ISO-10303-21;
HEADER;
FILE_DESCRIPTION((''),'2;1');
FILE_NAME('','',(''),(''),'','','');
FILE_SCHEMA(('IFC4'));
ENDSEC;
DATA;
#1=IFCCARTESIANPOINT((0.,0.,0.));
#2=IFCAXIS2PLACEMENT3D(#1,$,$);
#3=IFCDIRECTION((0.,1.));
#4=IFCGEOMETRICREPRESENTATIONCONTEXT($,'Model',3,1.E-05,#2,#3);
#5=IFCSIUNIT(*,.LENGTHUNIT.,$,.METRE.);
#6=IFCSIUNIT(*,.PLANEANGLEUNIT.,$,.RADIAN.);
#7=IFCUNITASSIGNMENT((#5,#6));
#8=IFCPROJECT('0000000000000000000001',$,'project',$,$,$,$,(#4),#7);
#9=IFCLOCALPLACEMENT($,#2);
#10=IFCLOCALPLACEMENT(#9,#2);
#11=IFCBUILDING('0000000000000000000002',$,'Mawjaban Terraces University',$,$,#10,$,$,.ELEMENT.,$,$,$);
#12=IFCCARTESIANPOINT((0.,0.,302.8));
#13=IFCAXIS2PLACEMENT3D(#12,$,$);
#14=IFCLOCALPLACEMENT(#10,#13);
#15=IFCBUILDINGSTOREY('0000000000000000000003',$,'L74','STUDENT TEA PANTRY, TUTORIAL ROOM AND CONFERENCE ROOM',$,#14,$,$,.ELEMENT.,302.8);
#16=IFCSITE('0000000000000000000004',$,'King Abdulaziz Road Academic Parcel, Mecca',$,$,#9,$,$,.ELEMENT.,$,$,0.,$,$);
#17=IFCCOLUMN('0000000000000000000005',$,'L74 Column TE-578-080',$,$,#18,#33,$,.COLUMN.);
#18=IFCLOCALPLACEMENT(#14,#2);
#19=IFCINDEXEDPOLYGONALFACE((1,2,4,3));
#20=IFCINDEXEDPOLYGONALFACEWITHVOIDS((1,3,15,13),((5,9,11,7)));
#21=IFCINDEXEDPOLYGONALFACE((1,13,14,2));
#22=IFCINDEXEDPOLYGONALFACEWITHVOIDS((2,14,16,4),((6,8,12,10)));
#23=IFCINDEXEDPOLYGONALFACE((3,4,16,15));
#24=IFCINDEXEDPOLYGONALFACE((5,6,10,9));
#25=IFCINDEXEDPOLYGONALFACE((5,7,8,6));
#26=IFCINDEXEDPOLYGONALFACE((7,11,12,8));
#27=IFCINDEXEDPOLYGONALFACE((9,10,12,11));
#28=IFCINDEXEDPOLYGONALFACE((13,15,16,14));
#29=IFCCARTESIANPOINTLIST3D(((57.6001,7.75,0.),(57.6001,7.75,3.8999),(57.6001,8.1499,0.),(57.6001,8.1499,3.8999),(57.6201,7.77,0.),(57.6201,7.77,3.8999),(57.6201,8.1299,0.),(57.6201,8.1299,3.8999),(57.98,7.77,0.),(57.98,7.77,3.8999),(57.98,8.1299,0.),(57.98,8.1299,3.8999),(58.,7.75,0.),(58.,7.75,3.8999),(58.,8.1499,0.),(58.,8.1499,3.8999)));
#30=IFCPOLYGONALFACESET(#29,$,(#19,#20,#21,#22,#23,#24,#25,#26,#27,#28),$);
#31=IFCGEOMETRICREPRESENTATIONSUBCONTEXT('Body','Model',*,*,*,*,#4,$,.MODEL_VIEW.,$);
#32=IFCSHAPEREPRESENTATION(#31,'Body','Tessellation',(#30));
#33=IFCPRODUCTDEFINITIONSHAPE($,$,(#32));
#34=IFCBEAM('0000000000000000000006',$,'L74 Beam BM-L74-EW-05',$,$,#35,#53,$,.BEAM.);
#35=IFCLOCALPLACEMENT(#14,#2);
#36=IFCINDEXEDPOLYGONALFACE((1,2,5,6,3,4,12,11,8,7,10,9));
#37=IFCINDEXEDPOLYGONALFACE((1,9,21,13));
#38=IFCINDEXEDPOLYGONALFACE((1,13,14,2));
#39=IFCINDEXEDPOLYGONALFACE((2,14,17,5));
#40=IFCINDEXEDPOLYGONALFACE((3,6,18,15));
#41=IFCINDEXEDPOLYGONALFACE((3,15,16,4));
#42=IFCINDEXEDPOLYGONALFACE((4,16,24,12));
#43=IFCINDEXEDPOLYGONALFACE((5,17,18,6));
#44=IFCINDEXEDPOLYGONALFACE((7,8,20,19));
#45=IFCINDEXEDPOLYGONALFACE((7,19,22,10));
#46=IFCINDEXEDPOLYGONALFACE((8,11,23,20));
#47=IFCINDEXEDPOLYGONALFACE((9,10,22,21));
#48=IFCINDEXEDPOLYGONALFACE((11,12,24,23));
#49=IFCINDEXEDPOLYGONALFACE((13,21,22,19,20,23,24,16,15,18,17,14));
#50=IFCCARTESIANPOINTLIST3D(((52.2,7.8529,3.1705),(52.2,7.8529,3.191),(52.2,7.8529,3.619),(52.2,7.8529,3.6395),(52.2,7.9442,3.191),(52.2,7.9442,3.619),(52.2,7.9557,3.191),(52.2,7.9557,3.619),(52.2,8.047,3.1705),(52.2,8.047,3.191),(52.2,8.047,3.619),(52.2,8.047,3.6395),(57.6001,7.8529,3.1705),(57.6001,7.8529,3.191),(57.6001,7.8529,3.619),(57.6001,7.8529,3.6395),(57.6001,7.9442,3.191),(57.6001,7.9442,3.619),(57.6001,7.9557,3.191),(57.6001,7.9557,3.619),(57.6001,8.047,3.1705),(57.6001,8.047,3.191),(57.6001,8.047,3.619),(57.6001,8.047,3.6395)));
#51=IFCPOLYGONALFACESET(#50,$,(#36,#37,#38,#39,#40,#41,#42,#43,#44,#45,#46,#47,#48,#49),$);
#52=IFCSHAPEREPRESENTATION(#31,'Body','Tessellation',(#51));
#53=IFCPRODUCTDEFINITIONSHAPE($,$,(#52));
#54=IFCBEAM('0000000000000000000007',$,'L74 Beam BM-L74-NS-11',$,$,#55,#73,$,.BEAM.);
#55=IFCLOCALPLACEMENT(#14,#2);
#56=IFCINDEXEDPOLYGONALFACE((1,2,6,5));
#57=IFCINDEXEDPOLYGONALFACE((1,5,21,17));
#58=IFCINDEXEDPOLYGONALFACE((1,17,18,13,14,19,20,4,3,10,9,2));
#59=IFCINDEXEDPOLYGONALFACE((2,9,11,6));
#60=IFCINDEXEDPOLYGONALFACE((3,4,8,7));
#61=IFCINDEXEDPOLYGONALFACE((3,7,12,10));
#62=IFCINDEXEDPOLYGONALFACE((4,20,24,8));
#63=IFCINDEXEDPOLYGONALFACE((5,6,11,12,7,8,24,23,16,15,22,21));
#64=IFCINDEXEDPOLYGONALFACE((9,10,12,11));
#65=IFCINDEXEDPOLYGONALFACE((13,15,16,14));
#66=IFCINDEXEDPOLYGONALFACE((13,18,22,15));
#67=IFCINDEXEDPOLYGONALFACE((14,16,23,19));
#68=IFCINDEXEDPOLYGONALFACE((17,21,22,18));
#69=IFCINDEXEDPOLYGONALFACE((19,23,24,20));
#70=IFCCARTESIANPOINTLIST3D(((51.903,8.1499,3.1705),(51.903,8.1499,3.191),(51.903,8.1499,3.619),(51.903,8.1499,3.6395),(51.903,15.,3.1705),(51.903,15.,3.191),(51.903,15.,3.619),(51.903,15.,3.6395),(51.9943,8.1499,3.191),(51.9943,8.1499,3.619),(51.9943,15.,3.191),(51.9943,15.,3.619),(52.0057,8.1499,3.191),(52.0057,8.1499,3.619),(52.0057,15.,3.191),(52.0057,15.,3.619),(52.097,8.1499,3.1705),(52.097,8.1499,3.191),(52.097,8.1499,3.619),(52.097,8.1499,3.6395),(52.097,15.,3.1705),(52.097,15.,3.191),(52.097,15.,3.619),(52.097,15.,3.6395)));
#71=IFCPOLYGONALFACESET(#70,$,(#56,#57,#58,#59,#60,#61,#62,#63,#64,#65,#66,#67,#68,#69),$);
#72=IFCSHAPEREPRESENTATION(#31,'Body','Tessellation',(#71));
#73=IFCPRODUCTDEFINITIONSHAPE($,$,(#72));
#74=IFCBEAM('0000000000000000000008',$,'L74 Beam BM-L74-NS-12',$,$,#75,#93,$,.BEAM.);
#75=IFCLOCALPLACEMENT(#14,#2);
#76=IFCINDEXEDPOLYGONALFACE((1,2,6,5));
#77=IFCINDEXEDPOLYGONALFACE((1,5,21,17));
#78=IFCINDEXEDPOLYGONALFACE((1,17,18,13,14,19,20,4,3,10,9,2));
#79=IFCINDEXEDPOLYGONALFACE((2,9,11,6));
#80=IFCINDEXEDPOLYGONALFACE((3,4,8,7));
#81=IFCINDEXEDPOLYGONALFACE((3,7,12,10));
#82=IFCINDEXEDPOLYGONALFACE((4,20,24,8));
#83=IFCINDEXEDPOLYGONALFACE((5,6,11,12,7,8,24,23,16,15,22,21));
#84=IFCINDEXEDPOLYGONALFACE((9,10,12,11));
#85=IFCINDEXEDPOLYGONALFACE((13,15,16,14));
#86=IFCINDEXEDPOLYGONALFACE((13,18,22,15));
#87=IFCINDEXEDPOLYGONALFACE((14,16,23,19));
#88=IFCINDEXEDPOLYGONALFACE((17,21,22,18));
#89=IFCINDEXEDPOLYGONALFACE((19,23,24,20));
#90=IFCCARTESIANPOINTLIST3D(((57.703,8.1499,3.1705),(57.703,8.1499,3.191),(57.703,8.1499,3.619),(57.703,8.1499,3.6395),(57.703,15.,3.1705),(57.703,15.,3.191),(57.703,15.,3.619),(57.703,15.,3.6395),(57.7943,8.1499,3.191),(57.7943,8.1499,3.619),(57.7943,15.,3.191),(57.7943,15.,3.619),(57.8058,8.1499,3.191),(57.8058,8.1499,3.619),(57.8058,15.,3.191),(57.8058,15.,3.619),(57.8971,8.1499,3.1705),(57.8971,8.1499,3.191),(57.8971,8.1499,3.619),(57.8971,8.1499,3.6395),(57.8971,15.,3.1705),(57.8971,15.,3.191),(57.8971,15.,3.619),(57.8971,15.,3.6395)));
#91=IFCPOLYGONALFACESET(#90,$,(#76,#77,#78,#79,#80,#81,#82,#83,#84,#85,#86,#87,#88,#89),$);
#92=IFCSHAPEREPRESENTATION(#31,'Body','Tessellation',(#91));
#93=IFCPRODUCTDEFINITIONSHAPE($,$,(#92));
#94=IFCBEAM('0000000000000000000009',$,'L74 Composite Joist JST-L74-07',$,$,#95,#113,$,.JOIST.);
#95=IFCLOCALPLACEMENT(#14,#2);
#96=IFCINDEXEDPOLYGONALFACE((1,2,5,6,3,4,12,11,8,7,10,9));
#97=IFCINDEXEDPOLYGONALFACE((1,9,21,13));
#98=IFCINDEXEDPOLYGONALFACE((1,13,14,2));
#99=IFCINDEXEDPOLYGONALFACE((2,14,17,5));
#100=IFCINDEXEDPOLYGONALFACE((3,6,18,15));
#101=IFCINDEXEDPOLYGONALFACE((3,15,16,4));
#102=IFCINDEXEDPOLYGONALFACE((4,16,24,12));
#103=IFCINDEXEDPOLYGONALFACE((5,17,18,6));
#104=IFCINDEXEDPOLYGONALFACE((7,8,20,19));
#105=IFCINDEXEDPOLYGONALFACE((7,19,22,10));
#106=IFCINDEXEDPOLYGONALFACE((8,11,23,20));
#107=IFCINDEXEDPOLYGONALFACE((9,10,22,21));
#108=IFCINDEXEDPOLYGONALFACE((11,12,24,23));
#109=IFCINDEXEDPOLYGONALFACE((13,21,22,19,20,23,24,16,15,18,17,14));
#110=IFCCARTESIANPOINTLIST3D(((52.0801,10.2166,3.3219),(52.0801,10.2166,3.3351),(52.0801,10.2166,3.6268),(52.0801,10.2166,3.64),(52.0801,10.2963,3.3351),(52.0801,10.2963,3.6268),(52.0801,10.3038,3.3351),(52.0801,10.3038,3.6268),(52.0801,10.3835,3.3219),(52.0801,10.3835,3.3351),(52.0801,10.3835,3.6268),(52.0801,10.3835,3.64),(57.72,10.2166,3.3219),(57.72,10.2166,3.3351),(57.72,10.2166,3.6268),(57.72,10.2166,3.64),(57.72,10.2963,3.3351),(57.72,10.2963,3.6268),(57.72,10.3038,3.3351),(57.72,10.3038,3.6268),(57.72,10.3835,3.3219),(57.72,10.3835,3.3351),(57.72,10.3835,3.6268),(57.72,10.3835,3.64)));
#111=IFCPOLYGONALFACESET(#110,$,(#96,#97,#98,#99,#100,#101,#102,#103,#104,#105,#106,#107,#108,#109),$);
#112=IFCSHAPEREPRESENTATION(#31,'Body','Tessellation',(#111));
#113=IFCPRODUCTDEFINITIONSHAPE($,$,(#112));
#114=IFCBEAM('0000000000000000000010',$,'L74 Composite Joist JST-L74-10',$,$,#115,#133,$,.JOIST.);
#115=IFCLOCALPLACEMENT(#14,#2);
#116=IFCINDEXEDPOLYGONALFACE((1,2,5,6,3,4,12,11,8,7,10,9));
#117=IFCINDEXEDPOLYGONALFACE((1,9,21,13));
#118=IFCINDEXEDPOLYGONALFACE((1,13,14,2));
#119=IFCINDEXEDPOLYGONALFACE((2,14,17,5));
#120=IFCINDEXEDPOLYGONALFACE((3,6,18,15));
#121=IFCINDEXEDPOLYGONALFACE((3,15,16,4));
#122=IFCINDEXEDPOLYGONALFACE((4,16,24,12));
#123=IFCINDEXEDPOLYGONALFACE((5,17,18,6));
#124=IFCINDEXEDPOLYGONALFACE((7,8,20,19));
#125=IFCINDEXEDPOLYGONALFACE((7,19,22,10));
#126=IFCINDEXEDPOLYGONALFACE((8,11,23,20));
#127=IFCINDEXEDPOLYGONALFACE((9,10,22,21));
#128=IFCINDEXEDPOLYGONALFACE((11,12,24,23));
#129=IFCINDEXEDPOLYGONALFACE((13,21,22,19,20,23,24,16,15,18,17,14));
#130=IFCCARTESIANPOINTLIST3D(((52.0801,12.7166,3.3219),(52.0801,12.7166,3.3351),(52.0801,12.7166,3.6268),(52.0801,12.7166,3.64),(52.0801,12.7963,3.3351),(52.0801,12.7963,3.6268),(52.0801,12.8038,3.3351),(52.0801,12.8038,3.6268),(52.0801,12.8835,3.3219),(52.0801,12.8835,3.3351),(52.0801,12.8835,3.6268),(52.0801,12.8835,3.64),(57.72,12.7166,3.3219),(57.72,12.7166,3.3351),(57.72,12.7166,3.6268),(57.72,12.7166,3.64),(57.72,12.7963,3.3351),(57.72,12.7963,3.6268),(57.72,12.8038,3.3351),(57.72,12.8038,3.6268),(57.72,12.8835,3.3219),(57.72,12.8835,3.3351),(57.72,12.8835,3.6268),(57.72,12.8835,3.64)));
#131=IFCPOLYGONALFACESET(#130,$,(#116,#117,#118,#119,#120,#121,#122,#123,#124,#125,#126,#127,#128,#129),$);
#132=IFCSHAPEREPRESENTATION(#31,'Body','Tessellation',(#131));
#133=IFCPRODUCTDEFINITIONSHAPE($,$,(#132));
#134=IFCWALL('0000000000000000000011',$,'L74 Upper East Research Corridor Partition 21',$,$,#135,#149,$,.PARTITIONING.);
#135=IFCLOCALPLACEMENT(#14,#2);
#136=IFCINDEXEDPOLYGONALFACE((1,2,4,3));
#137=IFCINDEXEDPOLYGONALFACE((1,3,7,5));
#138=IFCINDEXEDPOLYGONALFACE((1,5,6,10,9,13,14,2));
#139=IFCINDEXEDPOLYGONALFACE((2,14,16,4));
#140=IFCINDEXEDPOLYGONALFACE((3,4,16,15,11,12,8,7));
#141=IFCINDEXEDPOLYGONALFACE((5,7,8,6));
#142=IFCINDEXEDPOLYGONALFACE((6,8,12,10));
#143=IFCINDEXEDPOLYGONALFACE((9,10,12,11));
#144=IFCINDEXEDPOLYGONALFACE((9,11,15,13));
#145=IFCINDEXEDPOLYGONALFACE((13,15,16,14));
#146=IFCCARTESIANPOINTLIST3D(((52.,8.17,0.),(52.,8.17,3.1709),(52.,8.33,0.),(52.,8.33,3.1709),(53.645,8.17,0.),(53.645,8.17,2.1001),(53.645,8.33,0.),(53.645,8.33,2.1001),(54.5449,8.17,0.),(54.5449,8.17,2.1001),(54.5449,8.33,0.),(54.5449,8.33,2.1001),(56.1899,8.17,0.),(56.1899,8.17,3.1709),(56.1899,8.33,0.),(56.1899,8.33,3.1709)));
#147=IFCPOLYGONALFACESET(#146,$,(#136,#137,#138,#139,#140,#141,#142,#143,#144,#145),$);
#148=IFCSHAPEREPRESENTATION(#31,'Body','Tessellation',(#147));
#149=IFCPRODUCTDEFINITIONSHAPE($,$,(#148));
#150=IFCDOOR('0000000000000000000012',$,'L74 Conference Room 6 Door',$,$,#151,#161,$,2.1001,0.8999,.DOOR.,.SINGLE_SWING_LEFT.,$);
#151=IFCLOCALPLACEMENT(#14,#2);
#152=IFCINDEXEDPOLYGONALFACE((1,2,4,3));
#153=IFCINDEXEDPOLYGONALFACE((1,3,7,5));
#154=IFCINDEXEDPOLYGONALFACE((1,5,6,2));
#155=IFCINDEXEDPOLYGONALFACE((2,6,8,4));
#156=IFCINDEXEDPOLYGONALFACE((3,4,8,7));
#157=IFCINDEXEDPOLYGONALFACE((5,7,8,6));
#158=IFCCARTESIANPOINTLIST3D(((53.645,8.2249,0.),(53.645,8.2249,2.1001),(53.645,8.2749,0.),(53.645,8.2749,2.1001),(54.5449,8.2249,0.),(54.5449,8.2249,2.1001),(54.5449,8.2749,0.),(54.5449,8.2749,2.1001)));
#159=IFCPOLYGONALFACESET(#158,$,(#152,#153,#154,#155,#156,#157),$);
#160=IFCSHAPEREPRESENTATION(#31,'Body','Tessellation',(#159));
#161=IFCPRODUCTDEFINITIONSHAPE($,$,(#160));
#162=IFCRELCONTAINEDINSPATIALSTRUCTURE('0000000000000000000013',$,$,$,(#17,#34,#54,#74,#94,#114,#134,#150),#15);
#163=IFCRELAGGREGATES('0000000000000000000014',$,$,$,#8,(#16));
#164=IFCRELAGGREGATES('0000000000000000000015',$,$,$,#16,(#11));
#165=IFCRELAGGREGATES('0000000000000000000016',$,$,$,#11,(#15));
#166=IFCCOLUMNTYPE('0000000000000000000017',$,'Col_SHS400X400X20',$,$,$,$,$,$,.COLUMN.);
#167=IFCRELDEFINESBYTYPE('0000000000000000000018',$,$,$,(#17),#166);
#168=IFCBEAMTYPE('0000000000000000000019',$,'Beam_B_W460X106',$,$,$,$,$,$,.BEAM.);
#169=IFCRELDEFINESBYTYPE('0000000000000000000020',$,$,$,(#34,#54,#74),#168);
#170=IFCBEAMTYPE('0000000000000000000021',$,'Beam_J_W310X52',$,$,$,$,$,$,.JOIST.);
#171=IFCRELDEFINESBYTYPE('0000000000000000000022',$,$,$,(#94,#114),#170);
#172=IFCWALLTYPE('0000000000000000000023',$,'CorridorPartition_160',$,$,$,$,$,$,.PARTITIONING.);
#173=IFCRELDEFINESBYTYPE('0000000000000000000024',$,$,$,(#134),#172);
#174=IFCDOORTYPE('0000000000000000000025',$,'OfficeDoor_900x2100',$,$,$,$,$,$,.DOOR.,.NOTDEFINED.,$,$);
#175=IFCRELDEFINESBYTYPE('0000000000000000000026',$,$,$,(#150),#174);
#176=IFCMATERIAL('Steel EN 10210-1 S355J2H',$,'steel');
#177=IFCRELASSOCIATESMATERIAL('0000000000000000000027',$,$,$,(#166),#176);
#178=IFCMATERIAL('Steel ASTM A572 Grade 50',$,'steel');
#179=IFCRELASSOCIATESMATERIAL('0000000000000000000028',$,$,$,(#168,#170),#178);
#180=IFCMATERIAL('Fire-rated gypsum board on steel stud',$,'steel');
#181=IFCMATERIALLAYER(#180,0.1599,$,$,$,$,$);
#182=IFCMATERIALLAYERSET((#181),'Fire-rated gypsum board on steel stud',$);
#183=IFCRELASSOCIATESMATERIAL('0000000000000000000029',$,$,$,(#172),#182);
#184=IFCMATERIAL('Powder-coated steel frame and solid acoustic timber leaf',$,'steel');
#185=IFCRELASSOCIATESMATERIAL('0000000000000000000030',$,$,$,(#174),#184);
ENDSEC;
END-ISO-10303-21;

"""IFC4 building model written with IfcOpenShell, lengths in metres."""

from ifc_helpers import new_model, si_unit, direction, frame, frame_2d, origin, origin_2d, place, context, subcontext, project, spatial, rectangle, hollow_rectangle, i_section, extrude, material, layer, layer_set, material_profile, profile_set, type_object, element, fill, save


model = new_model("IFC4")

# Units and contexts
model_context = context("Model", 3, precision=1e-05, world=origin(), true_north=direction((0.0, 1.0)))
body_context = subcontext(model_context, "Body", "Model", "MODEL_VIEW")
ifc_project = project(units=[si_unit("LENGTHUNIT", "METRE"), si_unit("PLANEANGLEUNIT", "RADIAN")], contexts=[model_context])

# Site, building, storey
site_placement = place(None, origin())
site = spatial("IfcSite", under=ifc_project, at=site_placement, Name="King Abdulaziz Road Academic Parcel, Mecca", CompositionType="ELEMENT", RefElevation=0.0)
building_placement = place(site_placement, origin())
building = spatial("IfcBuilding", under=site, at=building_placement, Name="Mawjaban Terraces University", CompositionType="ELEMENT")
storey_placement = place(building_placement, frame((0.0, 0.0, 302.8)))
storey = spatial("IfcBuildingStorey", under=building, at=storey_placement, Name="L74", Description="STUDENT TEA PANTRY, TUTORIAL ROOM AND CONFERENCE ROOM", CompositionType="ELEMENT", Elevation=302.8)

# Column
ifc_material_1 = material(Name="Steel EN 10210-1 S355J2H", Category="steel")
ifc_material_profile_1 = material_profile(ifc_material_1, hollow_rectangle(XDim=0.3999, YDim=0.3999, WallThickness=0.02, at=origin_2d()), Name="SHS400X400X20")
ifc_profile_set_1 = profile_set([ifc_material_profile_1], Name="Steel EN 10210-1 S355J2H")
column_type = type_object("IfcColumnType", Name="Col_SHS400X400X20", PredefinedType="COLUMN", material=ifc_profile_set_1)
column_placement = place(storey_placement, frame((57.8, 7.95, 0.0), z_axis=(0.0, 0.0, 1.0), x_axis=(1.0, 0.0, 0.0)))
element("IfcColumn", 1, at=column_placement, inside=storey, type_object=column_type, Name="L74 Column TE-578-080", PredefinedType="COLUMN", context=body_context, shape_type="SweptSolid", body=[
    extrude(hollow_rectangle(XDim=0.3999, YDim=0.3999, WallThickness=0.02, at=origin_2d()), origin(), (0.0, 0.0, 1.0), 3.8999),
])

# Beams
ifc_material_2 = material(Name="Steel ASTM A572 Grade 50", Category="steel")
ifc_material_profile_2 = material_profile(ifc_material_2, i_section(OverallWidth=0.1941, OverallDepth=0.469, WebThickness=0.0115, FlangeThickness=0.0205, at=origin_2d()), Name="W460X106")
ifc_profile_set_2 = profile_set([ifc_material_profile_2], Name="Steel ASTM A572 Grade 50")
beam_type_1 = type_object("IfcBeamType", Name="Beam_B_W460X106", PredefinedType="BEAM", material=ifc_profile_set_2)
beam_placement = place(storey_placement, frame((52.2, 7.95, 3.405), z_axis=(1.0, 0.0, 0.0), x_axis=(0.0, 1.0, 0.0)))
element("IfcBeam", 2, at=beam_placement, inside=storey, type_object=beam_type_1, Name="L74 Beam BM-L74-EW-05", PredefinedType="BEAM", context=body_context, shape_type="SweptSolid", body=[
    extrude(i_section(OverallWidth=0.1941, OverallDepth=0.469, WebThickness=0.0115, FlangeThickness=0.0205, at=origin_2d()), origin(), (0.0, 0.0, 1.0), 5.4001),
])
for number, where, z_axis, x_axis, name in (
    (3, (52.0, 8.1499, 3.405), (0.0, 1.0, 0.0), (-1.0, 0.0, 0.0), "L74 Beam BM-L74-NS-11"),
    (4, (57.8, 8.1499, 3.405), (0.0, 1.0, 0.0), (-1.0, 0.0, 0.0), "L74 Beam BM-L74-NS-12"),
):
    element("IfcBeam", number, at=place(storey_placement, frame(where, z_axis=z_axis, x_axis=x_axis)), inside=storey, type_object=beam_type_1, Name=name, PredefinedType="BEAM", context=body_context, shape_type="SweptSolid", body=[
        extrude(i_section(OverallWidth=0.1941, OverallDepth=0.469, WebThickness=0.0115, FlangeThickness=0.0205, at=origin_2d()), origin(), (0.0, 0.0, 1.0), 6.8501),
    ])
ifc_material_profile_3 = material_profile(ifc_material_2, i_section(OverallWidth=0.167, OverallDepth=0.3181, WebThickness=0.0076, FlangeThickness=0.0132, at=origin_2d()), Name="W310X52")
ifc_profile_set_3 = profile_set([ifc_material_profile_3], Name="Steel ASTM A572 Grade 50")
beam_type_2 = type_object("IfcBeamType", Name="Beam_J_W310X52", PredefinedType="JOIST", material=ifc_profile_set_3)
for number, where, z_axis, x_axis, name in (
    (5, (52.0801, 10.3, 3.481), (1.0, 0.0, 0.0), (0.0, 1.0, 0.0), "L74 Composite Joist JST-L74-07"),
    (6, (52.0801, 12.8, 3.481), (1.0, 0.0, 0.0), (0.0, 1.0, 0.0), "L74 Composite Joist JST-L74-10"),
):
    element("IfcBeam", number, at=place(storey_placement, frame(where, z_axis=z_axis, x_axis=x_axis)), inside=storey, type_object=beam_type_2, Name=name, PredefinedType="JOIST", context=body_context, shape_type="SweptSolid", body=[
        extrude(i_section(OverallWidth=0.167, OverallDepth=0.3181, WebThickness=0.0076, FlangeThickness=0.0132, at=origin_2d()), origin(), (0.0, 0.0, 1.0), 5.6399),
    ])

# Wall, opening, door
ifc_material_3 = material(Name="Fire-rated gypsum board on steel stud", Category="steel")
ifc_layer_1 = layer(ifc_material_3, 0.1599)
ifc_layer_set_1 = layer_set([ifc_layer_1], Name="Fire-rated gypsum board on steel stud")
wall_type_1 = type_object("IfcWallType", Name="CorridorPartition_160", PredefinedType="PARTITIONING", material=ifc_layer_set_1)
wall_1_placement = place(storey_placement, frame((52.0, 8.25, 0.0), z_axis=(0.0, 0.0, 1.0), x_axis=(1.0, 0.0, 0.0)))
wall_1 = element("IfcWall", 7, at=wall_1_placement, inside=storey, type_object=wall_type_1, Name="L74 Upper East Research Corridor Partition 21", PredefinedType="PARTITIONING", context=body_context, shape_type="SweptSolid", body=[
    extrude(rectangle(XDim=4.1899, YDim=0.1599, at=frame_2d((2.095, 0.0))), origin(), (0.0, 0.0, 1.0), 3.1709),
])
opening_1_placement = place(wall_1_placement, frame((1.645, 0.0, 0.0)))
opening_1 = element("IfcOpeningElement", 8, at=opening_1_placement, cuts=wall_1, PredefinedType="OPENING", context=body_context, shape_type="SweptSolid", body=[
    extrude(rectangle(XDim=0.8999, YDim=2.1001, at=frame_2d((0.45, 1.05))), frame((0.0, 0.0898, 0.0), z_axis=(0.0, -1.0, 0.0), x_axis=(1.0, 0.0, 0.0)), (0.0, 0.0, 1.0), 0.1799),
])
ifc_material_4 = material(Name="Powder-coated steel frame and solid acoustic timber leaf", Category="steel")
door_type_1 = type_object("IfcDoorType", Name="OfficeDoor_900x2100", OperationType="NOTDEFINED", PredefinedType="DOOR", material=ifc_material_4)
door_1_placement = place(opening_1_placement, origin())
door_1 = element("IfcDoor", 9, at=door_1_placement, inside=storey, type_object=door_type_1, Name="L74 Conference Room 6 Door", OperationType="SINGLE_SWING_LEFT", OverallHeight=2.1001, OverallWidth=0.8999, PredefinedType="DOOR", context=body_context, shape_type="SweptSolid", body=[
    extrude(rectangle(XDim=0.8999, YDim=2.1001, at=frame_2d((0.45, 1.05))), frame((0.0, 0.0249, 0.0), z_axis=(0.0, -1.0, 0.0), x_axis=(1.0, 0.0, 0.0)), (0.0, 0.0, 1.0), 0.05),
])
fill(opening_1, door_1)

save(model, "model.ifc")
